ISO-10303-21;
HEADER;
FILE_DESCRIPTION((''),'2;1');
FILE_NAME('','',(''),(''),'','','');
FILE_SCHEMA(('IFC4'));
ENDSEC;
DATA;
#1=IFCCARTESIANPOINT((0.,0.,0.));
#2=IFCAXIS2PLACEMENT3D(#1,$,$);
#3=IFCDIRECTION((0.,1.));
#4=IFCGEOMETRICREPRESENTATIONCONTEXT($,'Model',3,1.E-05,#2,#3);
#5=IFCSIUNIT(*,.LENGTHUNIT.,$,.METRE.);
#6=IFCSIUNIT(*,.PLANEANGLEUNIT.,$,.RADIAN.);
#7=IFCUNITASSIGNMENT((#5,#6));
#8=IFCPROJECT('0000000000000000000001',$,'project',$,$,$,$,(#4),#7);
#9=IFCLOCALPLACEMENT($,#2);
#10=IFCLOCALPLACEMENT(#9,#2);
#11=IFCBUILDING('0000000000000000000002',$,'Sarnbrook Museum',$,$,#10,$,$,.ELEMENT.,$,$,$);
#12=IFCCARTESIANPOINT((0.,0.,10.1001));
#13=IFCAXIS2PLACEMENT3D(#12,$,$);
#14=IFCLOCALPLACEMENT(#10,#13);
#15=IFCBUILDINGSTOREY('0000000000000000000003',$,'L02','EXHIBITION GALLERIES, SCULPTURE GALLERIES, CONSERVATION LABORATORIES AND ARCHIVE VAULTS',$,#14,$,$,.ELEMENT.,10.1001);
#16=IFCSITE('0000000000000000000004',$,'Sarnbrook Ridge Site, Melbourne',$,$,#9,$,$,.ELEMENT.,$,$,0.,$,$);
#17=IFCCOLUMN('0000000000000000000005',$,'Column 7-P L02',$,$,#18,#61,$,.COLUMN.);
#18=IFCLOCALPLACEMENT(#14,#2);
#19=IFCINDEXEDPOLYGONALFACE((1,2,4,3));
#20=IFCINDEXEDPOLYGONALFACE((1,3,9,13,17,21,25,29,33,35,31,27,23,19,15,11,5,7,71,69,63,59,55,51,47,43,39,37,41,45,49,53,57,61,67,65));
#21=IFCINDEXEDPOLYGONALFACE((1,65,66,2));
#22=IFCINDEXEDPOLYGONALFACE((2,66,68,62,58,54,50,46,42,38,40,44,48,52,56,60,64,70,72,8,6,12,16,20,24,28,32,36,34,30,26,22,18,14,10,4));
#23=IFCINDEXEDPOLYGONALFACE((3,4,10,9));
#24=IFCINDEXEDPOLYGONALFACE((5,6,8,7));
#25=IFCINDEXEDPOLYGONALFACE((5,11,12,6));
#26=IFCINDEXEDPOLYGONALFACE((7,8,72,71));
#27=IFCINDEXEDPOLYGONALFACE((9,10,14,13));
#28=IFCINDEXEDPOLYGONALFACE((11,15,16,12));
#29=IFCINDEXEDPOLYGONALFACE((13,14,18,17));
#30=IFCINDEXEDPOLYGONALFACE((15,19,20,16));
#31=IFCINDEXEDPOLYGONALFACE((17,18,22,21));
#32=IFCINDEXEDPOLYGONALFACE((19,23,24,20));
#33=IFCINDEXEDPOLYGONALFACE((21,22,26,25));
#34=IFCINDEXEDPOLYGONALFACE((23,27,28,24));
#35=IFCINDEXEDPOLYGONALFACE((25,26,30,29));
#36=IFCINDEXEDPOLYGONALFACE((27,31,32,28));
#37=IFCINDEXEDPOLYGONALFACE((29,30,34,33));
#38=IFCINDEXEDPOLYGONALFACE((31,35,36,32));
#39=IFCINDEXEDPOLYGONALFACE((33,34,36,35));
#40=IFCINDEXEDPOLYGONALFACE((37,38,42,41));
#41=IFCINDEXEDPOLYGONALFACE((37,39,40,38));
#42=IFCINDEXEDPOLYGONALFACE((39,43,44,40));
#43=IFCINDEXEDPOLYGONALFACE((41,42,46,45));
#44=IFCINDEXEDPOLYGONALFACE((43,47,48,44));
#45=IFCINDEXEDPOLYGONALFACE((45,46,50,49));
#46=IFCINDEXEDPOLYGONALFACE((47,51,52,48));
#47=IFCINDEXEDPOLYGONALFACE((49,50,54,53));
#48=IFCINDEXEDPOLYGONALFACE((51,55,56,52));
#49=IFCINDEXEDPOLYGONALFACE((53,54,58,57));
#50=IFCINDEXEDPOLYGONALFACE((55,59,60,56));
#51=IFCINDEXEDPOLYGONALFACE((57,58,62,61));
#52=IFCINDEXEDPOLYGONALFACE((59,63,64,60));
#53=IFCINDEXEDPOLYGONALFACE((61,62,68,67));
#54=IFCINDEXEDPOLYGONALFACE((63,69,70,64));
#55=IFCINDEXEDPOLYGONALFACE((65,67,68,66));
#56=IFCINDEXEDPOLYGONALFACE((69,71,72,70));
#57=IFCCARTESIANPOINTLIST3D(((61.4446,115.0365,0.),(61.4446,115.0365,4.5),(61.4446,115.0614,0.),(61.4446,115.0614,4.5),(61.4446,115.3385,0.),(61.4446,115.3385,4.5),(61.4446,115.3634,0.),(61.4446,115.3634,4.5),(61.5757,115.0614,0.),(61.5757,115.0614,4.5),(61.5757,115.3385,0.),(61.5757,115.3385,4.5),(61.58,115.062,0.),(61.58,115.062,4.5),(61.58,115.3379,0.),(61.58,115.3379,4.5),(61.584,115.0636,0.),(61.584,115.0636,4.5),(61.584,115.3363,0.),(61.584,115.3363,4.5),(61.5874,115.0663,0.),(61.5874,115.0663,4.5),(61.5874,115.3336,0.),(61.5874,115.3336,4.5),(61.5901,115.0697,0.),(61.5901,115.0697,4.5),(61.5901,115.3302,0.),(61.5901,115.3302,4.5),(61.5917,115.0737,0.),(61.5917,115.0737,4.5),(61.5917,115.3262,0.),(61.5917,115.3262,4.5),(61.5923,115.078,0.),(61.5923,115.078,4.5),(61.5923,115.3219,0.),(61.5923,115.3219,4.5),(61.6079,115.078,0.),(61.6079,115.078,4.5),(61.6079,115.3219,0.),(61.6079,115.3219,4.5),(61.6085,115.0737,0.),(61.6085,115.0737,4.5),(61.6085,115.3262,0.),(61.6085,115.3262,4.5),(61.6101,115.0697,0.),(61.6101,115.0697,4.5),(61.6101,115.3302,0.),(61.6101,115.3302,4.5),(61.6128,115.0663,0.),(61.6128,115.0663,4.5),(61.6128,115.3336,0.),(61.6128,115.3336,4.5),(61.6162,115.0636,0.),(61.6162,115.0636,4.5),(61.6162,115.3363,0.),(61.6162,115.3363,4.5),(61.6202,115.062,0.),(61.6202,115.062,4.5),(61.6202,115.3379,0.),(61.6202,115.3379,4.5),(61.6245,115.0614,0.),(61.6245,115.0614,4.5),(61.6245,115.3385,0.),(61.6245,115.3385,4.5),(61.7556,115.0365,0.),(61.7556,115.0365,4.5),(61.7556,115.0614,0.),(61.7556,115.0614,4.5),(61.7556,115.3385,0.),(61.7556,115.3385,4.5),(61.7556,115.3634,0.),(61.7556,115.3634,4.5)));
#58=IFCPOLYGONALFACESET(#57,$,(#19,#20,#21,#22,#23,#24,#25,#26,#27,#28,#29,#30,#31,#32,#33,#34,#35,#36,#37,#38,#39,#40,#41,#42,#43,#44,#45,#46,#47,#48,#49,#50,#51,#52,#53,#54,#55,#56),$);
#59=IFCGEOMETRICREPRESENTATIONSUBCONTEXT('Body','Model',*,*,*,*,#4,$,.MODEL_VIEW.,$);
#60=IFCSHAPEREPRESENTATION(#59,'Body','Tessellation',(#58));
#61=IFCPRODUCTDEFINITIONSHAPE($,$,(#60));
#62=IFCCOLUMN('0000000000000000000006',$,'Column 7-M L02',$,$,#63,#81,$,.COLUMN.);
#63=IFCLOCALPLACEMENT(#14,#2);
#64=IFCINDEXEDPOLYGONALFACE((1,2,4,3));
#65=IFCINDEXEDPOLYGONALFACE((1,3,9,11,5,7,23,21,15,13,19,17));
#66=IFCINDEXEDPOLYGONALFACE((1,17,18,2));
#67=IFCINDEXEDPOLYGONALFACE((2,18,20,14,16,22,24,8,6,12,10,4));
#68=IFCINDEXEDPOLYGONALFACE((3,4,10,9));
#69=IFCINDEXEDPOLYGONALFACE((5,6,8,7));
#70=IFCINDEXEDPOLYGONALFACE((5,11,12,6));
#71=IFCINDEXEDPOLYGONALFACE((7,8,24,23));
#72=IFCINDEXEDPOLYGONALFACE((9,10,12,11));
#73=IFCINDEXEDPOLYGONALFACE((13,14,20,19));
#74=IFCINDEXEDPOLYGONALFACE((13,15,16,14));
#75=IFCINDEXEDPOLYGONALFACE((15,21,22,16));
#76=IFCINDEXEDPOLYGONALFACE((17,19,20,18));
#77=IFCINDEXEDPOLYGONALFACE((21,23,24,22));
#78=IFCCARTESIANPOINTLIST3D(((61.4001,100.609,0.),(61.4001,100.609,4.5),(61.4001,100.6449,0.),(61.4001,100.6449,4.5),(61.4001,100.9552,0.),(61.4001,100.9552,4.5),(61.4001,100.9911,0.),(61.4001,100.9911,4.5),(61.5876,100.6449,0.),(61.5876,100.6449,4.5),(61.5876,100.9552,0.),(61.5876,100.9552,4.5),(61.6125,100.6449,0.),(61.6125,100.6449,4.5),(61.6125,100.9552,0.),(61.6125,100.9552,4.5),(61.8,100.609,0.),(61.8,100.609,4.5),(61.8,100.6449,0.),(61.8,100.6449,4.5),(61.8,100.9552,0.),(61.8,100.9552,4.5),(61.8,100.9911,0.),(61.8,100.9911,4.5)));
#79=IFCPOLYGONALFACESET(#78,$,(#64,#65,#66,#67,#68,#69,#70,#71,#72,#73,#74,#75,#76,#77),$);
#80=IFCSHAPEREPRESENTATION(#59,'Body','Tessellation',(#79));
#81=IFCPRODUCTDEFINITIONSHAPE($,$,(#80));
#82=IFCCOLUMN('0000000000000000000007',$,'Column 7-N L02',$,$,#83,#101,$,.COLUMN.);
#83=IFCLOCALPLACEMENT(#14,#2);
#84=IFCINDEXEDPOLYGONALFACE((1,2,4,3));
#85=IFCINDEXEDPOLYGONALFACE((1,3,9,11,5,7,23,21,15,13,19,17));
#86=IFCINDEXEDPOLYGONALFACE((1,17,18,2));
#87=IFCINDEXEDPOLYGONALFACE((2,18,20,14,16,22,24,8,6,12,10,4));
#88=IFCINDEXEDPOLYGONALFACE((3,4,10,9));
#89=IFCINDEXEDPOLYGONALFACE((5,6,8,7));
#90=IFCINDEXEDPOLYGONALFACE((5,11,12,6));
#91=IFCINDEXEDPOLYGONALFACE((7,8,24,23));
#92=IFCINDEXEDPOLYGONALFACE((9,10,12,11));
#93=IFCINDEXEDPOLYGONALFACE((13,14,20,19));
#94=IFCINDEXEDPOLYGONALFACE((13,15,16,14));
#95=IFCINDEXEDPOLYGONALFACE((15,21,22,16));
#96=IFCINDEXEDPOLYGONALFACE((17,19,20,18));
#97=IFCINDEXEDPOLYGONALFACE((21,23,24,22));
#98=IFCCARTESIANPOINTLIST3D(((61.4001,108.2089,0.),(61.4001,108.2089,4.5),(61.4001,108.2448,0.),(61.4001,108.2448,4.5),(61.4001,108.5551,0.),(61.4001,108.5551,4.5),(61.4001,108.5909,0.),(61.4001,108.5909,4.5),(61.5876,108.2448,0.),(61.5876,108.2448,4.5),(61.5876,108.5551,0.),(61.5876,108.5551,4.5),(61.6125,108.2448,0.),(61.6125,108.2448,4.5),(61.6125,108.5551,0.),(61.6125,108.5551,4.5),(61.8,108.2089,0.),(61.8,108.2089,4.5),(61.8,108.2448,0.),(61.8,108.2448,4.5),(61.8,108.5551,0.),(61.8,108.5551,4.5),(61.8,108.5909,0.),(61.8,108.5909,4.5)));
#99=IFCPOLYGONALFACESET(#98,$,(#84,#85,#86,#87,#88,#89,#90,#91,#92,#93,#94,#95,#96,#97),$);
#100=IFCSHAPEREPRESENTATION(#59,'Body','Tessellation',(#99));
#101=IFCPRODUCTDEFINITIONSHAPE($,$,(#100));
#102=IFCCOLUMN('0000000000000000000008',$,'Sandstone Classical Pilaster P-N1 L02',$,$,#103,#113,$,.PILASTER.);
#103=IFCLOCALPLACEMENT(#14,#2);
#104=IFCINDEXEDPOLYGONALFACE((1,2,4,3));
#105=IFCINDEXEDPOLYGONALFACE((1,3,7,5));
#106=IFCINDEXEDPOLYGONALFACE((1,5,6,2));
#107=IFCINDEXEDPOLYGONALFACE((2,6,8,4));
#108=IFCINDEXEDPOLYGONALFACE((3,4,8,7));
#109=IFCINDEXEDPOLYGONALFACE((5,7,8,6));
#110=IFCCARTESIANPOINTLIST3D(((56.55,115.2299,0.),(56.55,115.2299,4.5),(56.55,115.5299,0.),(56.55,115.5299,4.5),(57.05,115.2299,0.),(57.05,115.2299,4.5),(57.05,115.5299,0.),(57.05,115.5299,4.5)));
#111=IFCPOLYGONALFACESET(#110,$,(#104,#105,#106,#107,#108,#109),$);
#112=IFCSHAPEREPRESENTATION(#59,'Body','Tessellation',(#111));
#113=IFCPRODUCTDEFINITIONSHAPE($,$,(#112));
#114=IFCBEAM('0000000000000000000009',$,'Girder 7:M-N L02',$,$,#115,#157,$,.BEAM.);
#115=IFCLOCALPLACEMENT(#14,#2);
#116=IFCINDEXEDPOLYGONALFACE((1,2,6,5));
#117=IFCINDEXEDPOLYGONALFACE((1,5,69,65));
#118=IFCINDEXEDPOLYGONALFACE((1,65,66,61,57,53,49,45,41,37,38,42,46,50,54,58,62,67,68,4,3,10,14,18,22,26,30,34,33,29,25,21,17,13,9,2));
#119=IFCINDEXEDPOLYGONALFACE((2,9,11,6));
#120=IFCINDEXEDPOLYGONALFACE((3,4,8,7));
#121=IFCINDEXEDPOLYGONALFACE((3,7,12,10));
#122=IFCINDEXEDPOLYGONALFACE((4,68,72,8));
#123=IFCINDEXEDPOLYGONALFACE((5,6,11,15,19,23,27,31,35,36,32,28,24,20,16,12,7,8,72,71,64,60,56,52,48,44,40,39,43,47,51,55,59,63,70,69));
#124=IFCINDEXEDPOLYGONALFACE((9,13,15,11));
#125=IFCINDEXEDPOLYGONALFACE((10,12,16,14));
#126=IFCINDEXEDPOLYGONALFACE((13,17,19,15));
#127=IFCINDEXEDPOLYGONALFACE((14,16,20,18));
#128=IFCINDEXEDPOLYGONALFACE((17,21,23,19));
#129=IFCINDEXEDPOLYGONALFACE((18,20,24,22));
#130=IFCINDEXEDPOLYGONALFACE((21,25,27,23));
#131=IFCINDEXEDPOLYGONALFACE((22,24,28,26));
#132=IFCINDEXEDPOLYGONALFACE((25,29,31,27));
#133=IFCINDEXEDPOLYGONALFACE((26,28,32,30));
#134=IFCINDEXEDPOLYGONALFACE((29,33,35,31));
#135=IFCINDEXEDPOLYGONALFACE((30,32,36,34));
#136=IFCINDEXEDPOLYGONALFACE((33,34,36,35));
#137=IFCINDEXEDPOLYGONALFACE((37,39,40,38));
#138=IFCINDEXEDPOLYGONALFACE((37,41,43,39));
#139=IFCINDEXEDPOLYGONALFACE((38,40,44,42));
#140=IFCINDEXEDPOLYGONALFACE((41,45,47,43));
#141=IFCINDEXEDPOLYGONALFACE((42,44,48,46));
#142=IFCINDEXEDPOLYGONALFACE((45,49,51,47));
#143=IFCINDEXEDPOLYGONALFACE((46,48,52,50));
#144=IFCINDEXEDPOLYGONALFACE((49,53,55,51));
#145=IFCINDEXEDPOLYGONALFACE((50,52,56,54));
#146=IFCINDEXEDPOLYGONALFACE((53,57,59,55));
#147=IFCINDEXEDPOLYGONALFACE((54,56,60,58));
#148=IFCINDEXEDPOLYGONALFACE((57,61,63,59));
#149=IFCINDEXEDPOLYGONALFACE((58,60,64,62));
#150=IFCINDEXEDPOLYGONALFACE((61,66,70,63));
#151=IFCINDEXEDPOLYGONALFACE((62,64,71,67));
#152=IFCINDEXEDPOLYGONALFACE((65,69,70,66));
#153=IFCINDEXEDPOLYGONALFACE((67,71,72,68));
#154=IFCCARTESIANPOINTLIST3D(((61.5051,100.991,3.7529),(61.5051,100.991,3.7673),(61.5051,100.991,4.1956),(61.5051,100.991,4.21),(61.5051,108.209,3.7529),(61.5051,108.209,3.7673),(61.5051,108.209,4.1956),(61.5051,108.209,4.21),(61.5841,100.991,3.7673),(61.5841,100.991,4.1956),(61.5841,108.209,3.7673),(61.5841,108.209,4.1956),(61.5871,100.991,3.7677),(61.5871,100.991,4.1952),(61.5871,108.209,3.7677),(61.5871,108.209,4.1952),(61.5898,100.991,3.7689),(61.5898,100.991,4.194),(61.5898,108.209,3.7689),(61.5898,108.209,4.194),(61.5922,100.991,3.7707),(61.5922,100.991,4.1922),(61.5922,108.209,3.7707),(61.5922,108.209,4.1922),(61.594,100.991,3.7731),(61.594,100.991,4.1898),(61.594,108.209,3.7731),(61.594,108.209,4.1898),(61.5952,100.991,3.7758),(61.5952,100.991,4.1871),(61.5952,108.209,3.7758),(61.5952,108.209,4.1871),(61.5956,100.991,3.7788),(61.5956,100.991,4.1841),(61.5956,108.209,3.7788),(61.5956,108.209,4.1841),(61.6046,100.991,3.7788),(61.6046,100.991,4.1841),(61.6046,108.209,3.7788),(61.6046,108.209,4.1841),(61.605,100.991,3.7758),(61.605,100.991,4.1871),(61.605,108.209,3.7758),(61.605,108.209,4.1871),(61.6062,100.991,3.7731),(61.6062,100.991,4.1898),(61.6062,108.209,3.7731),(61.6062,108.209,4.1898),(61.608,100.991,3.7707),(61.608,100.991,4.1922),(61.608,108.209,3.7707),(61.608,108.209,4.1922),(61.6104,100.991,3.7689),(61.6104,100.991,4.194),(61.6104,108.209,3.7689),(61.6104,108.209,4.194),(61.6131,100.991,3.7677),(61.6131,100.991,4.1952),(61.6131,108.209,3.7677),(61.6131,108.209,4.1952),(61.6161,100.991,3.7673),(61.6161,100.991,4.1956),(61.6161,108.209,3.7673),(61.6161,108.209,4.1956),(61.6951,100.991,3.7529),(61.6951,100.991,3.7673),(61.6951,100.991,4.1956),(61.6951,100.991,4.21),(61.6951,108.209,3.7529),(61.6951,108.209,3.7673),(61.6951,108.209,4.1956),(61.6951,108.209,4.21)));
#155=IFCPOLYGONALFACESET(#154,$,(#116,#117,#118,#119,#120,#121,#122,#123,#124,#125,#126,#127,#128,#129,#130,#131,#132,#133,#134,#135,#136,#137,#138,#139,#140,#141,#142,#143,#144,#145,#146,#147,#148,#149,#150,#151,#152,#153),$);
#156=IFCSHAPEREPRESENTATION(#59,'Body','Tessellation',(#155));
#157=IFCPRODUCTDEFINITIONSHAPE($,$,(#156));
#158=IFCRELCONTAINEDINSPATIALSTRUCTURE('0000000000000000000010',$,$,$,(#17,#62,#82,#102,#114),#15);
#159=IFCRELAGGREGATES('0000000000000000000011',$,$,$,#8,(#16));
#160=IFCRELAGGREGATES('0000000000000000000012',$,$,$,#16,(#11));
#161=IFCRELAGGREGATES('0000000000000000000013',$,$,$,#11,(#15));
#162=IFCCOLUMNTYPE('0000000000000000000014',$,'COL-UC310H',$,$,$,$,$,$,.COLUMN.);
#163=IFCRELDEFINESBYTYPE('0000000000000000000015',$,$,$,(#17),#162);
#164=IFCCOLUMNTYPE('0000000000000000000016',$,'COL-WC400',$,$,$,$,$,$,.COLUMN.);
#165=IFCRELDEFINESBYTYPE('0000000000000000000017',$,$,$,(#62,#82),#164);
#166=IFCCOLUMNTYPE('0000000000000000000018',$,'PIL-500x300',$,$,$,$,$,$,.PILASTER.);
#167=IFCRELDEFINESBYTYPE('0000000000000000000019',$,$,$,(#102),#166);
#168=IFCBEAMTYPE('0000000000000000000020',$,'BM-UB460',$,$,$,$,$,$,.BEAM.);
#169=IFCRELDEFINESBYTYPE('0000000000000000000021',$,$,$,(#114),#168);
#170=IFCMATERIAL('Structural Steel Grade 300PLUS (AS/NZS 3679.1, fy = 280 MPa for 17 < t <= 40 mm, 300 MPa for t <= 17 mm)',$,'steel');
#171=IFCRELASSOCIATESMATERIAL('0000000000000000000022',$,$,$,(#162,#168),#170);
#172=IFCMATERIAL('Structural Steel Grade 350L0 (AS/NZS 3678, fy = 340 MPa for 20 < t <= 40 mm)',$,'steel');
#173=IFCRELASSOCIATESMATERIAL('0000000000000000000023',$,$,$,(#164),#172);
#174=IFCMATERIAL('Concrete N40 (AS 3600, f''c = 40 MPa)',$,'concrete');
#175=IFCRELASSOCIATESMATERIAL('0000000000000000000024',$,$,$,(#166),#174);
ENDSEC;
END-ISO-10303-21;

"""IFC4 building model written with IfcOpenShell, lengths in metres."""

from ifc_helpers import new_model, si_unit, direction, frame, origin, origin_2d, place, context, subcontext, project, spatial, rectangle, i_section, extrude, material, material_profile, profile_set, type_object, element, save


model = new_model("IFC4")

# Units and contexts
model_context = context("Model", 3, precision=1e-05, world=origin(), true_north=direction((0.0, 1.0)))
body_context = subcontext(model_context, "Body", "Model", "MODEL_VIEW")
ifc_project = project(units=[si_unit("LENGTHUNIT", "METRE"), si_unit("PLANEANGLEUNIT", "RADIAN")], contexts=[model_context])

# Site, building, storey
site_placement = place(None, origin())
site = spatial("IfcSite", under=ifc_project, at=site_placement, Name="Sarnbrook Ridge Site, Melbourne", CompositionType="ELEMENT", RefElevation=0.0)
building_placement = place(site_placement, origin())
building = spatial("IfcBuilding", under=site, at=building_placement, Name="Sarnbrook Museum", CompositionType="ELEMENT")
storey_placement = place(building_placement, frame((0.0, 0.0, 10.1001)))
storey = spatial("IfcBuildingStorey", under=building, at=storey_placement, Name="L02", Description="EXHIBITION GALLERIES, SCULPTURE GALLERIES, CONSERVATION LABORATORIES AND ARCHIVE VAULTS", CompositionType="ELEMENT", Elevation=10.1001)

# Columns
ifc_material_1 = material(Name="Structural Steel Grade 300PLUS (AS/NZS 3679.1, fy = 280 MPa for 17 < t <= 40 mm, 300 MPa for t <= 17 mm)", Category="steel")
ifc_material_profile_1 = material_profile(ifc_material_1, i_section(OverallWidth=0.311, OverallDepth=0.3269, WebThickness=0.0156, FlangeThickness=0.0249, FilletRadius=0.0166, at=origin_2d()), Name="310UC158")
ifc_profile_set_1 = profile_set([ifc_material_profile_1], Name="Structural Steel Grade 300PLUS (AS/NZS 3679.1, fy = 280 MPa for 17 < t <= 40 mm, 300 MPa for t <= 17 mm)")
column_type_1 = type_object("IfcColumnType", Name="COL-UC310H", PredefinedType="COLUMN", material=ifc_profile_set_1)
column_1_placement = place(storey_placement, frame((61.6001, 115.2, 0.0), z_axis=(0.0, 0.0, 1.0), x_axis=(1.0, 0.0, 0.0)))
element("IfcColumn", 1, at=column_1_placement, inside=storey, type_object=column_type_1, Name="Column 7-P L02", PredefinedType="COLUMN", context=body_context, shape_type="SweptSolid", body=[
    extrude(i_section(OverallWidth=0.311, OverallDepth=0.3269, WebThickness=0.0156, FlangeThickness=0.0249, FilletRadius=0.0166, at=origin_2d()), origin(), (0.0, 0.0, 1.0), 4.5),
])
ifc_material_2 = material(Name="Structural Steel Grade 350L0 (AS/NZS 3678, fy = 340 MPa for 20 < t <= 40 mm)", Category="steel")
ifc_material_profile_2 = material_profile(ifc_material_2, i_section(OverallWidth=0.3999, OverallDepth=0.3821, WebThickness=0.0249, FlangeThickness=0.0359, at=origin_2d()), Name="400WC270")
ifc_profile_set_2 = profile_set([ifc_material_profile_2], Name="Structural Steel Grade 350L0 (AS/NZS 3678, fy = 340 MPa for 20 < t <= 40 mm)")
column_type_2 = type_object("IfcColumnType", Name="COL-WC400", PredefinedType="COLUMN", material=ifc_profile_set_2)
for number, where, z_axis, x_axis, name in (
    (2, (61.6001, 100.8, 0.0), (0.0, 0.0, 1.0), (1.0, 0.0, 0.0), "Column 7-M L02"),
    (3, (61.6001, 108.3999, 0.0), (0.0, 0.0, 1.0), (1.0, 0.0, 0.0), "Column 7-N L02"),
):
    element("IfcColumn", number, at=place(storey_placement, frame(where, z_axis=z_axis, x_axis=x_axis)), inside=storey, type_object=column_type_2, Name=name, PredefinedType="COLUMN", context=body_context, shape_type="SweptSolid", body=[
        extrude(i_section(OverallWidth=0.3999, OverallDepth=0.3821, WebThickness=0.0249, FlangeThickness=0.0359, at=origin_2d()), origin(), (0.0, 0.0, 1.0), 4.5),
    ])
ifc_material_3 = material(Name="Concrete N40 (AS 3600, f'c = 40 MPa)", Category="concrete")
ifc_material_profile_3 = material_profile(ifc_material_3, rectangle(XDim=0.5, YDim=0.3, at=origin_2d()), Name="PILASTER 500x300")
ifc_profile_set_3 = profile_set([ifc_material_profile_3], Name="Concrete N40 (AS 3600, f'c = 40 MPa)")
column_type_3 = type_object("IfcColumnType", Name="PIL-500x300", PredefinedType="PILASTER", material=ifc_profile_set_3)
column_2_placement = place(storey_placement, frame((56.8, 115.3799, 0.0), z_axis=(0.0, 0.0, 1.0), x_axis=(1.0, 0.0, 0.0)))
element("IfcColumn", 4, at=column_2_placement, inside=storey, type_object=column_type_3, Name="Sandstone Classical Pilaster P-N1 L02", PredefinedType="PILASTER", context=body_context, shape_type="SweptSolid", body=[
    extrude(rectangle(XDim=0.5, YDim=0.3, at=origin_2d()), origin(), (0.0, 0.0, 1.0), 4.5),
])

# Beam
ifc_material_profile_4 = material_profile(ifc_material_1, i_section(OverallWidth=0.1899, OverallDepth=0.457, WebThickness=0.009, FlangeThickness=0.0144, FilletRadius=0.0115, at=origin_2d()), Name="460UB74.6")
ifc_profile_set_4 = profile_set([ifc_material_profile_4], Name="Structural Steel Grade 300PLUS (AS/NZS 3679.1, fy = 280 MPa for 17 < t <= 40 mm, 300 MPa for t <= 17 mm)")
beam_type_1 = type_object("IfcBeamType", Name="BM-UB460", PredefinedType="BEAM", material=ifc_profile_set_4)
beam_1_placement = place(storey_placement, frame((61.6001, 100.991, 3.9814), z_axis=(0.0, 1.0, 0.0), x_axis=(-1.0, 0.0, 0.0)))
element("IfcBeam", 5, at=beam_1_placement, inside=storey, type_object=beam_type_1, Name="Girder 7:M-N L02", PredefinedType="BEAM", context=body_context, shape_type="SweptSolid", body=[
    extrude(i_section(OverallWidth=0.1899, OverallDepth=0.457, WebThickness=0.009, FlangeThickness=0.0144, FilletRadius=0.0115, at=origin_2d()), origin(), (0.0, 0.0, 1.0), 7.218),
])

save(model, "model.ifc")
